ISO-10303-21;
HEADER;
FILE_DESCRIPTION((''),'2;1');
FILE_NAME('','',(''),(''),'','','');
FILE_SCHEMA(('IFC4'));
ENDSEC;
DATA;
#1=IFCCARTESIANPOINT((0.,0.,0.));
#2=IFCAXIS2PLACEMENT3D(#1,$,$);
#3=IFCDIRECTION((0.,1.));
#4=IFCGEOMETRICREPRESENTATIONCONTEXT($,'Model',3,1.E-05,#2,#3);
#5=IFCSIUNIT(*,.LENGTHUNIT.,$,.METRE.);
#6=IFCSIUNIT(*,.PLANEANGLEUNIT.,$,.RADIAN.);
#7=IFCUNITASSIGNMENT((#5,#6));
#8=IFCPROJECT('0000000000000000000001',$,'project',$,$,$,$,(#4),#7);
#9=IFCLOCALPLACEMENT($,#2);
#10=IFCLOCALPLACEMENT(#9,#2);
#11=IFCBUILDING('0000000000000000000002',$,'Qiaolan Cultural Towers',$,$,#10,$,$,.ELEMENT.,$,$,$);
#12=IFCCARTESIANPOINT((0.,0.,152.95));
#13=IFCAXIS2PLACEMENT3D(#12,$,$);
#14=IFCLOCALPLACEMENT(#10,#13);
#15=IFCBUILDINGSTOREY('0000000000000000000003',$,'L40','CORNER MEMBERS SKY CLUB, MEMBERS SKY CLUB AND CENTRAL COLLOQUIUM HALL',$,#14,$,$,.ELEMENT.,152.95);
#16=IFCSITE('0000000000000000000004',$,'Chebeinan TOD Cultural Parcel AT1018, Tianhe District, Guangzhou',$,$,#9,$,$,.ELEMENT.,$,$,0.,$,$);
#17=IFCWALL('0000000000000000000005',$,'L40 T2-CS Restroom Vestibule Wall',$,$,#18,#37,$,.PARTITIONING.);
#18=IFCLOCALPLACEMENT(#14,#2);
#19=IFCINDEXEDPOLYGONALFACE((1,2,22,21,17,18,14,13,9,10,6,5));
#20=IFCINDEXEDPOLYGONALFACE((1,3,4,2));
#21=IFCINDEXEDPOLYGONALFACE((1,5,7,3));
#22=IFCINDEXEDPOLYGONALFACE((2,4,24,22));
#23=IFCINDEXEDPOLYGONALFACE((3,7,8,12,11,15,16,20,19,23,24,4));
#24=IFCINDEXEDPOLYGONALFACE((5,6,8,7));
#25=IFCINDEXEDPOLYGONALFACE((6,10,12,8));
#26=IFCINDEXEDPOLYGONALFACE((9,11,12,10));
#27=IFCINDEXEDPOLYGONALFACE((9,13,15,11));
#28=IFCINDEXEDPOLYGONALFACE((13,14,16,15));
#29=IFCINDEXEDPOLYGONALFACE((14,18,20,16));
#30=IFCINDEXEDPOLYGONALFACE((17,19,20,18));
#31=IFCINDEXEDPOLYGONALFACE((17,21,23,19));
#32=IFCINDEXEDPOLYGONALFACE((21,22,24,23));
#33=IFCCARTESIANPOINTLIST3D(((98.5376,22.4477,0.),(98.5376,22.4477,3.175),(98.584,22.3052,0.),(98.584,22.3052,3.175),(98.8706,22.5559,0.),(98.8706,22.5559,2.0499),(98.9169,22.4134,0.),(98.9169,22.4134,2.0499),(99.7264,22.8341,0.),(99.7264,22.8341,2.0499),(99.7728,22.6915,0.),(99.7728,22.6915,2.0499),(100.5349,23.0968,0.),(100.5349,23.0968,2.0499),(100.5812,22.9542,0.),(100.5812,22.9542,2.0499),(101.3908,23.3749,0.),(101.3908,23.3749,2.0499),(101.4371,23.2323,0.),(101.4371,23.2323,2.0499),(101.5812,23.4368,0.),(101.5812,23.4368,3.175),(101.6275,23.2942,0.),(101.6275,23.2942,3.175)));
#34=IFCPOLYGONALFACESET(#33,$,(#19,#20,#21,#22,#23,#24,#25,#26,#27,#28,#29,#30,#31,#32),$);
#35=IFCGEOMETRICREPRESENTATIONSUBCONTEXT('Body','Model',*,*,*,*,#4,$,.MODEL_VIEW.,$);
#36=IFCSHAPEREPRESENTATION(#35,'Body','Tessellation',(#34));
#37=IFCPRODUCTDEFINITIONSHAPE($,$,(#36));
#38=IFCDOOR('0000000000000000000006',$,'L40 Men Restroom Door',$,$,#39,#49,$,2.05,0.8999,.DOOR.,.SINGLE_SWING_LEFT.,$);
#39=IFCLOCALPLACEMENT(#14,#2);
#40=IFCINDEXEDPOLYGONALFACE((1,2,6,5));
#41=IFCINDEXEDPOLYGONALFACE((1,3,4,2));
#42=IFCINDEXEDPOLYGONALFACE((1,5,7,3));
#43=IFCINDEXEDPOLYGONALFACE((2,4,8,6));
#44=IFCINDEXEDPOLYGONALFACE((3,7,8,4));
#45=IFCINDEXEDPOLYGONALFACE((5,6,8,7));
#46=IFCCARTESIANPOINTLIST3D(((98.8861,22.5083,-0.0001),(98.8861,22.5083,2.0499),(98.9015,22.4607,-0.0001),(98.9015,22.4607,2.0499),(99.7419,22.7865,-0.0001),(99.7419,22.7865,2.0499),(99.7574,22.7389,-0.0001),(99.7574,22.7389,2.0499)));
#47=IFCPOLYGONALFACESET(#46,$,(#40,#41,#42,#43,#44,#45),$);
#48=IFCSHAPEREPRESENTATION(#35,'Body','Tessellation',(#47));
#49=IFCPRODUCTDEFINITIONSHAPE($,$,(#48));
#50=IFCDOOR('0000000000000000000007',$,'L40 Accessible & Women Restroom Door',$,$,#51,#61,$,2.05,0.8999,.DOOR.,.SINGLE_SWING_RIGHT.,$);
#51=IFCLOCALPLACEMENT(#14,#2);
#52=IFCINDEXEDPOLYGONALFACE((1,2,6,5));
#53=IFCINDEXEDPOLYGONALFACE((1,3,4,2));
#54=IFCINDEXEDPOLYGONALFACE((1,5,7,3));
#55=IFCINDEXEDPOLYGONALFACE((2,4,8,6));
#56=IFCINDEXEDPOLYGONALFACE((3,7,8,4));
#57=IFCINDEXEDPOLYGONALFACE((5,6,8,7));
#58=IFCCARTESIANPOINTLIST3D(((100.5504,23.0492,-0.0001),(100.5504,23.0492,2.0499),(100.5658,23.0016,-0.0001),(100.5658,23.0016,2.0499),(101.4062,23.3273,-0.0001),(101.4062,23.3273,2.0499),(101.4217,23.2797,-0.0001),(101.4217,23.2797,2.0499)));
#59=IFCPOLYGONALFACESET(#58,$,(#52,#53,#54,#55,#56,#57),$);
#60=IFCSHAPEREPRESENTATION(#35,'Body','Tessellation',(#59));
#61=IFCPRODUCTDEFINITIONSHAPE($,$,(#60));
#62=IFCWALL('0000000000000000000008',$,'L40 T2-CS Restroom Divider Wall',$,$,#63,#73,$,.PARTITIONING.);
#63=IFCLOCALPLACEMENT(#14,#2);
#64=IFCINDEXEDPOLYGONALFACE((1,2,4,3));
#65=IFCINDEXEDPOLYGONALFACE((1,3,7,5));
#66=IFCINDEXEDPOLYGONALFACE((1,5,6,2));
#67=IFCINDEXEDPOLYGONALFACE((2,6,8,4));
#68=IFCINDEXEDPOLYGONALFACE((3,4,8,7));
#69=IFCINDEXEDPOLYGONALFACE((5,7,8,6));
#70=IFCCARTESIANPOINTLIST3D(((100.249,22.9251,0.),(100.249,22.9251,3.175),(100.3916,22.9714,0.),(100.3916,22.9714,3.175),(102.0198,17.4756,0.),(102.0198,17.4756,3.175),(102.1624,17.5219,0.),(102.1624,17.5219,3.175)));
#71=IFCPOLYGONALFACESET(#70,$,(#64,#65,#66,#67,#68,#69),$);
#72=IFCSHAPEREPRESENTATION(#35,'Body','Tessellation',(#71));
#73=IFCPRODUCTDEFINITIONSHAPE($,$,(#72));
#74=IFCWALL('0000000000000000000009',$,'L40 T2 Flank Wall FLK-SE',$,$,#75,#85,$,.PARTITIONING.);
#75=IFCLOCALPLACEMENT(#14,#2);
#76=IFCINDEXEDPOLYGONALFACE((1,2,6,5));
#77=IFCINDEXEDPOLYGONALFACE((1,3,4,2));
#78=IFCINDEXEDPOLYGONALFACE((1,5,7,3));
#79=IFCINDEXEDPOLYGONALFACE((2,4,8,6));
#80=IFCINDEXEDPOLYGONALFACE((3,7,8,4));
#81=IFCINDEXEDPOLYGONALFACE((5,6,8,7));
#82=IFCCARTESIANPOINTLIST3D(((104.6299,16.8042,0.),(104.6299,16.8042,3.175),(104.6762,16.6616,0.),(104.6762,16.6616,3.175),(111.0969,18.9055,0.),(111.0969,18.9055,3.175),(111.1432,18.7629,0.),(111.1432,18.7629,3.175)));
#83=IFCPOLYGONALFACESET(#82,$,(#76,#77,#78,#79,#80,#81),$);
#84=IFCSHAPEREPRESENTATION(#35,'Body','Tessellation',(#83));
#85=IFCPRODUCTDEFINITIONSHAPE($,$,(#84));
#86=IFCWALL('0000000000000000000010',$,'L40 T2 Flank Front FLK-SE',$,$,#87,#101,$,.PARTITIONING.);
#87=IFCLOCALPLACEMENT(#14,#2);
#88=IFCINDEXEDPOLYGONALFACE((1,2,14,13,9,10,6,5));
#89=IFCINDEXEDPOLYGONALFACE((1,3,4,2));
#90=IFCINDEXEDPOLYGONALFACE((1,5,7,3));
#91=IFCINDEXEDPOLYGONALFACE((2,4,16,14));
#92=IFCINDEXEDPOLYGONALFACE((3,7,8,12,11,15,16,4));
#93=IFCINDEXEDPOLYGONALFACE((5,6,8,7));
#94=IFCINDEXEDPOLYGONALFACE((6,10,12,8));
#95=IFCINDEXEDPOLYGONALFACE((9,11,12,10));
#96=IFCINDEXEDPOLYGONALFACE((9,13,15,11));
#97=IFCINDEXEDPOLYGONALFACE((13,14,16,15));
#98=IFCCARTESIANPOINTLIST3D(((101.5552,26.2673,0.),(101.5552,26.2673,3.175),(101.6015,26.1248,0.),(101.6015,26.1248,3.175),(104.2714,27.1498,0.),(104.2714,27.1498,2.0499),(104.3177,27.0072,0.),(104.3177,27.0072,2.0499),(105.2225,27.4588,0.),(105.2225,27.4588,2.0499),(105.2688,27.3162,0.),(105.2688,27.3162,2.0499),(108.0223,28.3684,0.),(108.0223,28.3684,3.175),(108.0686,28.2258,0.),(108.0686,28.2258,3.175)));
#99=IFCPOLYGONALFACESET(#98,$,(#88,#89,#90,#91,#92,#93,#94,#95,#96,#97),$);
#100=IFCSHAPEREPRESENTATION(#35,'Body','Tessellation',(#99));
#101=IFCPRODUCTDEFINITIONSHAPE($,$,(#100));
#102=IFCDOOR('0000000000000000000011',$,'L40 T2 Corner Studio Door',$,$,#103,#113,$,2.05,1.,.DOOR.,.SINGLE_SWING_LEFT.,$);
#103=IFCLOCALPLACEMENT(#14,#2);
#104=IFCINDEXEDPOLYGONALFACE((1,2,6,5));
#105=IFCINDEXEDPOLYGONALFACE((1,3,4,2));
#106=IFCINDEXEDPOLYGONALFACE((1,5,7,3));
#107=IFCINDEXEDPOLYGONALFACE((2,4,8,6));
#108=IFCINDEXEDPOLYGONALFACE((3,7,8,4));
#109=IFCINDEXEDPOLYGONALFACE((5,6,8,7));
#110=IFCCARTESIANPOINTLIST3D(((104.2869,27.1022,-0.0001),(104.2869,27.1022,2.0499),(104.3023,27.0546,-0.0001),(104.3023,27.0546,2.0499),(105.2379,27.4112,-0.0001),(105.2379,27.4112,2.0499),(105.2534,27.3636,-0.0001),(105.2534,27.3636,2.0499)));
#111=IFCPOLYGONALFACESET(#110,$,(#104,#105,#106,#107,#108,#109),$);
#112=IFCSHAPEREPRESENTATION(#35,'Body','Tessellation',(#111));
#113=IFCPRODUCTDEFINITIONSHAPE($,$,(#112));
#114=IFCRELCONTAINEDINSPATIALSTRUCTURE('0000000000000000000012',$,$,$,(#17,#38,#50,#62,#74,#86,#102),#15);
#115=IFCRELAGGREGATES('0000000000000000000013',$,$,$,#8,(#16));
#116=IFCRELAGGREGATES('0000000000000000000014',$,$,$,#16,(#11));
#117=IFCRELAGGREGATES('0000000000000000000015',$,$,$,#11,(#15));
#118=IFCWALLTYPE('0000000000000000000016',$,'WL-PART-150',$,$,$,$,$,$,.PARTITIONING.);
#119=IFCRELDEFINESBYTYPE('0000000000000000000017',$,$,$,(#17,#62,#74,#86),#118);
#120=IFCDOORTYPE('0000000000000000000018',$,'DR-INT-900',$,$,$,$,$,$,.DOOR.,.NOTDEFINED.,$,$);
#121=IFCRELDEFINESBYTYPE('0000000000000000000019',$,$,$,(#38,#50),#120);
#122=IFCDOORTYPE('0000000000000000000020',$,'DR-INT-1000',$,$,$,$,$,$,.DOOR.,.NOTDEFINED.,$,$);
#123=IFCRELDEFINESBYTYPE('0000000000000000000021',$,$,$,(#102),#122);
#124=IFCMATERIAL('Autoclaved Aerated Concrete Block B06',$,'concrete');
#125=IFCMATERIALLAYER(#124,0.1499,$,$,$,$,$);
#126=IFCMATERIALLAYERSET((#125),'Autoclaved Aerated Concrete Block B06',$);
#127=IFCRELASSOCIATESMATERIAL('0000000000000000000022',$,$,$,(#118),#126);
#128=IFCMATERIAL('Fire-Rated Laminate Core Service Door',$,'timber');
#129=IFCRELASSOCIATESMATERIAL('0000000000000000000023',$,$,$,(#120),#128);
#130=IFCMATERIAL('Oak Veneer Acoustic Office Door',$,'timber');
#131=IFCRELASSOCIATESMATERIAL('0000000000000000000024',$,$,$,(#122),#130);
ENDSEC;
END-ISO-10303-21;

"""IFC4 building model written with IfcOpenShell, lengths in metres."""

from ifc_helpers import new_model, si_unit, direction, frame, frame_2d, origin, place, context, subcontext, project, spatial, rectangle, extrude, material, layer, layer_set, type_object, element, fill, save


model = new_model("IFC4")

# Units and contexts
model_context = context("Model", 3, precision=1e-05, world=origin(), true_north=direction((0.0, 1.0)))
body_context = subcontext(model_context, "Body", "Model", "MODEL_VIEW")
ifc_project = project(units=[si_unit("LENGTHUNIT", "METRE"), si_unit("PLANEANGLEUNIT", "RADIAN")], contexts=[model_context])

# Site, building, storey
site_placement = place(None, origin())
site = spatial("IfcSite", under=ifc_project, at=site_placement, Name="Chebeinan TOD Cultural Parcel AT1018, Tianhe District, Guangzhou", CompositionType="ELEMENT", RefElevation=0.0)
building_placement = place(site_placement, origin())
building = spatial("IfcBuilding", under=site, at=building_placement, Name="Qiaolan Cultural Towers", CompositionType="ELEMENT")
storey_placement = place(building_placement, frame((0.0, 0.0, 152.95)))
storey = spatial("IfcBuildingStorey", under=building, at=storey_placement, Name="L40", Description="CORNER MEMBERS SKY CLUB, MEMBERS SKY CLUB AND CENTRAL COLLOQUIUM HALL", CompositionType="ELEMENT", Elevation=152.95)

# Shared definitions
ifc_material_1 = material(Name="Autoclaved Aerated Concrete Block B06", Category="concrete")
ifc_layer_1 = layer(ifc_material_1, 0.1499)
ifc_layer_set_1 = layer_set([ifc_layer_1], Name="Autoclaved Aerated Concrete Block B06")
wall_type_1 = type_object("IfcWallType", Name="WL-PART-150", PredefinedType="PARTITIONING", material=ifc_layer_set_1)

# Wall, openings, doors
wall_1_placement = place(storey_placement, frame((98.5608, 22.3765, 0.0), z_axis=(0.0, 0.0, 1.0), x_axis=(0.951044, 0.309055, 0.0)))
wall_1 = element("IfcWall", 1, at=wall_1_placement, inside=storey, type_object=wall_type_1, Name="L40 T2-CS Restroom Vestibule Wall", PredefinedType="PARTITIONING", context=body_context, shape_type="SweptSolid", body=[
    extrude(rectangle(XDim=3.2002, YDim=0.1499, at=frame_2d((1.6001, 0.0))), origin(), (0.0, 0.0, 1.0), 3.175),
])
opening_1_placement = place(wall_1_placement, frame((0.3501, 0.0, 0.0)))
opening_1 = element("IfcOpeningElement", 2, at=opening_1_placement, cuts=wall_1, PredefinedType="OPENING", context=body_context, shape_type="SweptSolid", body=[
    extrude(rectangle(XDim=0.8999, YDim=2.05, at=frame_2d((0.45, 1.0249))), frame((0.0, 0.085, 0.0), z_axis=(0.0, -1.0, 0.0), x_axis=(1.0, 0.0, 0.0)), (0.0, 0.0, 1.0), 0.1699),
])
opening_2_placement = place(wall_1_placement, frame((2.1001, 0.0, 0.0)))
opening_2 = element("IfcOpeningElement", 3, at=opening_2_placement, cuts=wall_1, PredefinedType="OPENING", context=body_context, shape_type="SweptSolid", body=[
    extrude(rectangle(XDim=0.8999, YDim=2.05, at=frame_2d((0.45, 1.0249))), frame((0.0, 0.085, 0.0), z_axis=(0.0, -1.0, 0.0), x_axis=(1.0, 0.0, 0.0)), (0.0, 0.0, 1.0), 0.1699),
])
ifc_material_2 = material(Name="Fire-Rated Laminate Core Service Door", Category="timber")
door_type_1 = type_object("IfcDoorType", Name="DR-INT-900", OperationType="NOTDEFINED", PredefinedType="DOOR", material=ifc_material_2)
door_1_placement = place(opening_1_placement, origin())
door_1 = element("IfcDoor", 4, at=door_1_placement, inside=storey, type_object=door_type_1, Name="L40 Men Restroom Door", OperationType="SINGLE_SWING_LEFT", OverallHeight=2.05, OverallWidth=0.8999, PredefinedType="DOOR", context=body_context, shape_type="SweptSolid", body=[
    extrude(rectangle(XDim=0.8999, YDim=2.05, at=frame_2d((0.45, 1.0249))), frame((0.0, 0.0249, 0.0), z_axis=(0.0, -1.0, 0.0), x_axis=(1.0, 0.0, 0.0)), (0.0, 0.0, 1.0), 0.05),
])
fill(opening_1, door_1)
door_2_placement = place(opening_2_placement, origin())
door_2 = element("IfcDoor", 5, at=door_2_placement, inside=storey, type_object=door_type_1, Name="L40 Accessible & Women Restroom Door", OperationType="SINGLE_SWING_RIGHT", OverallHeight=2.05, OverallWidth=0.8999, PredefinedType="DOOR", context=body_context, shape_type="SweptSolid", body=[
    extrude(rectangle(XDim=0.8999, YDim=2.05, at=frame_2d((0.45, 1.0249))), frame((0.0, 0.0249, 0.0), z_axis=(0.0, -1.0, 0.0), x_axis=(1.0, 0.0, 0.0)), (0.0, 0.0, 1.0), 0.05),
])
fill(opening_2, door_2)

# Walls
wall_2_placement = place(storey_placement, frame((100.3203, 22.9482, 0.0), z_axis=(0.0, 0.0, 1.0), x_axis=(0.309035, -0.951051, 0.0)))
element("IfcWall", 6, at=wall_2_placement, inside=storey, type_object=wall_type_1, Name="L40 T2-CS Restroom Divider Wall", PredefinedType="PARTITIONING", context=body_context, shape_type="SweptSolid", body=[
    extrude(rectangle(XDim=5.73, YDim=0.1499, at=frame_2d((2.865, 0.0))), origin(), (0.0, 0.0, 1.0), 3.175),
])
wall_3_placement = place(storey_placement, frame((104.6531, 16.7329, 0.0), z_axis=(0.0, 0.0, 1.0), x_axis=(0.951054, 0.309024, 0.0)))
element("IfcWall", 7, at=wall_3_placement, inside=storey, type_object=wall_type_1, Name="L40 T2 Flank Wall FLK-SE", PredefinedType="PARTITIONING", context=body_context, shape_type="SweptSolid", body=[
    extrude(rectangle(XDim=6.7998, YDim=0.1499, at=frame_2d((3.3999, 0.0))), origin(), (0.0, 0.0, 1.0), 3.175),
])

# Wall, opening, door
wall_4_placement = place(storey_placement, frame((101.5784, 26.196, 0.0), z_axis=(0.0, 0.0, 1.0), x_axis=(0.951065, 0.308991, 0.0)))
wall_4 = element("IfcWall", 8, at=wall_4_placement, inside=storey, type_object=wall_type_1, Name="L40 T2 Flank Front FLK-SE", PredefinedType="PARTITIONING", context=body_context, shape_type="SweptSolid", body=[
    extrude(rectangle(XDim=6.7998, YDim=0.1499, at=frame_2d((3.3999, 0.0))), origin(), (0.0, 0.0, 1.0), 3.175),
])
opening_3_placement = place(wall_4_placement, frame((2.856, 0.0, 0.0)))
opening_3 = element("IfcOpeningElement", 9, at=opening_3_placement, cuts=wall_4, PredefinedType="OPENING", context=body_context, shape_type="SweptSolid", body=[
    extrude(rectangle(XDim=1.0, YDim=2.05, at=frame_2d((0.5, 1.0249))), frame((0.0, 0.085, 0.0), z_axis=(0.0, -1.0, 0.0), x_axis=(1.0, 0.0, 0.0)), (0.0, 0.0, 1.0), 0.1699),
])
ifc_material_3 = material(Name="Oak Veneer Acoustic Office Door", Category="timber")
door_type_2 = type_object("IfcDoorType", Name="DR-INT-1000", OperationType="NOTDEFINED", PredefinedType="DOOR", material=ifc_material_3)
door_3_placement = place(opening_3_placement, origin())
door_3 = element("IfcDoor", 10, at=door_3_placement, inside=storey, type_object=door_type_2, Name="L40 T2 Corner Studio Door", OperationType="SINGLE_SWING_LEFT", OverallHeight=2.05, OverallWidth=1.0, PredefinedType="DOOR", context=body_context, shape_type="SweptSolid", body=[
    extrude(rectangle(XDim=1.0, YDim=2.05, at=frame_2d((0.5, 1.0249))), frame((0.0, 0.0249, 0.0), z_axis=(0.0, -1.0, 0.0), x_axis=(1.0, 0.0, 0.0)), (0.0, 0.0, 1.0), 0.05),
])
fill(opening_3, door_3)

save(model, "model.ifc")
